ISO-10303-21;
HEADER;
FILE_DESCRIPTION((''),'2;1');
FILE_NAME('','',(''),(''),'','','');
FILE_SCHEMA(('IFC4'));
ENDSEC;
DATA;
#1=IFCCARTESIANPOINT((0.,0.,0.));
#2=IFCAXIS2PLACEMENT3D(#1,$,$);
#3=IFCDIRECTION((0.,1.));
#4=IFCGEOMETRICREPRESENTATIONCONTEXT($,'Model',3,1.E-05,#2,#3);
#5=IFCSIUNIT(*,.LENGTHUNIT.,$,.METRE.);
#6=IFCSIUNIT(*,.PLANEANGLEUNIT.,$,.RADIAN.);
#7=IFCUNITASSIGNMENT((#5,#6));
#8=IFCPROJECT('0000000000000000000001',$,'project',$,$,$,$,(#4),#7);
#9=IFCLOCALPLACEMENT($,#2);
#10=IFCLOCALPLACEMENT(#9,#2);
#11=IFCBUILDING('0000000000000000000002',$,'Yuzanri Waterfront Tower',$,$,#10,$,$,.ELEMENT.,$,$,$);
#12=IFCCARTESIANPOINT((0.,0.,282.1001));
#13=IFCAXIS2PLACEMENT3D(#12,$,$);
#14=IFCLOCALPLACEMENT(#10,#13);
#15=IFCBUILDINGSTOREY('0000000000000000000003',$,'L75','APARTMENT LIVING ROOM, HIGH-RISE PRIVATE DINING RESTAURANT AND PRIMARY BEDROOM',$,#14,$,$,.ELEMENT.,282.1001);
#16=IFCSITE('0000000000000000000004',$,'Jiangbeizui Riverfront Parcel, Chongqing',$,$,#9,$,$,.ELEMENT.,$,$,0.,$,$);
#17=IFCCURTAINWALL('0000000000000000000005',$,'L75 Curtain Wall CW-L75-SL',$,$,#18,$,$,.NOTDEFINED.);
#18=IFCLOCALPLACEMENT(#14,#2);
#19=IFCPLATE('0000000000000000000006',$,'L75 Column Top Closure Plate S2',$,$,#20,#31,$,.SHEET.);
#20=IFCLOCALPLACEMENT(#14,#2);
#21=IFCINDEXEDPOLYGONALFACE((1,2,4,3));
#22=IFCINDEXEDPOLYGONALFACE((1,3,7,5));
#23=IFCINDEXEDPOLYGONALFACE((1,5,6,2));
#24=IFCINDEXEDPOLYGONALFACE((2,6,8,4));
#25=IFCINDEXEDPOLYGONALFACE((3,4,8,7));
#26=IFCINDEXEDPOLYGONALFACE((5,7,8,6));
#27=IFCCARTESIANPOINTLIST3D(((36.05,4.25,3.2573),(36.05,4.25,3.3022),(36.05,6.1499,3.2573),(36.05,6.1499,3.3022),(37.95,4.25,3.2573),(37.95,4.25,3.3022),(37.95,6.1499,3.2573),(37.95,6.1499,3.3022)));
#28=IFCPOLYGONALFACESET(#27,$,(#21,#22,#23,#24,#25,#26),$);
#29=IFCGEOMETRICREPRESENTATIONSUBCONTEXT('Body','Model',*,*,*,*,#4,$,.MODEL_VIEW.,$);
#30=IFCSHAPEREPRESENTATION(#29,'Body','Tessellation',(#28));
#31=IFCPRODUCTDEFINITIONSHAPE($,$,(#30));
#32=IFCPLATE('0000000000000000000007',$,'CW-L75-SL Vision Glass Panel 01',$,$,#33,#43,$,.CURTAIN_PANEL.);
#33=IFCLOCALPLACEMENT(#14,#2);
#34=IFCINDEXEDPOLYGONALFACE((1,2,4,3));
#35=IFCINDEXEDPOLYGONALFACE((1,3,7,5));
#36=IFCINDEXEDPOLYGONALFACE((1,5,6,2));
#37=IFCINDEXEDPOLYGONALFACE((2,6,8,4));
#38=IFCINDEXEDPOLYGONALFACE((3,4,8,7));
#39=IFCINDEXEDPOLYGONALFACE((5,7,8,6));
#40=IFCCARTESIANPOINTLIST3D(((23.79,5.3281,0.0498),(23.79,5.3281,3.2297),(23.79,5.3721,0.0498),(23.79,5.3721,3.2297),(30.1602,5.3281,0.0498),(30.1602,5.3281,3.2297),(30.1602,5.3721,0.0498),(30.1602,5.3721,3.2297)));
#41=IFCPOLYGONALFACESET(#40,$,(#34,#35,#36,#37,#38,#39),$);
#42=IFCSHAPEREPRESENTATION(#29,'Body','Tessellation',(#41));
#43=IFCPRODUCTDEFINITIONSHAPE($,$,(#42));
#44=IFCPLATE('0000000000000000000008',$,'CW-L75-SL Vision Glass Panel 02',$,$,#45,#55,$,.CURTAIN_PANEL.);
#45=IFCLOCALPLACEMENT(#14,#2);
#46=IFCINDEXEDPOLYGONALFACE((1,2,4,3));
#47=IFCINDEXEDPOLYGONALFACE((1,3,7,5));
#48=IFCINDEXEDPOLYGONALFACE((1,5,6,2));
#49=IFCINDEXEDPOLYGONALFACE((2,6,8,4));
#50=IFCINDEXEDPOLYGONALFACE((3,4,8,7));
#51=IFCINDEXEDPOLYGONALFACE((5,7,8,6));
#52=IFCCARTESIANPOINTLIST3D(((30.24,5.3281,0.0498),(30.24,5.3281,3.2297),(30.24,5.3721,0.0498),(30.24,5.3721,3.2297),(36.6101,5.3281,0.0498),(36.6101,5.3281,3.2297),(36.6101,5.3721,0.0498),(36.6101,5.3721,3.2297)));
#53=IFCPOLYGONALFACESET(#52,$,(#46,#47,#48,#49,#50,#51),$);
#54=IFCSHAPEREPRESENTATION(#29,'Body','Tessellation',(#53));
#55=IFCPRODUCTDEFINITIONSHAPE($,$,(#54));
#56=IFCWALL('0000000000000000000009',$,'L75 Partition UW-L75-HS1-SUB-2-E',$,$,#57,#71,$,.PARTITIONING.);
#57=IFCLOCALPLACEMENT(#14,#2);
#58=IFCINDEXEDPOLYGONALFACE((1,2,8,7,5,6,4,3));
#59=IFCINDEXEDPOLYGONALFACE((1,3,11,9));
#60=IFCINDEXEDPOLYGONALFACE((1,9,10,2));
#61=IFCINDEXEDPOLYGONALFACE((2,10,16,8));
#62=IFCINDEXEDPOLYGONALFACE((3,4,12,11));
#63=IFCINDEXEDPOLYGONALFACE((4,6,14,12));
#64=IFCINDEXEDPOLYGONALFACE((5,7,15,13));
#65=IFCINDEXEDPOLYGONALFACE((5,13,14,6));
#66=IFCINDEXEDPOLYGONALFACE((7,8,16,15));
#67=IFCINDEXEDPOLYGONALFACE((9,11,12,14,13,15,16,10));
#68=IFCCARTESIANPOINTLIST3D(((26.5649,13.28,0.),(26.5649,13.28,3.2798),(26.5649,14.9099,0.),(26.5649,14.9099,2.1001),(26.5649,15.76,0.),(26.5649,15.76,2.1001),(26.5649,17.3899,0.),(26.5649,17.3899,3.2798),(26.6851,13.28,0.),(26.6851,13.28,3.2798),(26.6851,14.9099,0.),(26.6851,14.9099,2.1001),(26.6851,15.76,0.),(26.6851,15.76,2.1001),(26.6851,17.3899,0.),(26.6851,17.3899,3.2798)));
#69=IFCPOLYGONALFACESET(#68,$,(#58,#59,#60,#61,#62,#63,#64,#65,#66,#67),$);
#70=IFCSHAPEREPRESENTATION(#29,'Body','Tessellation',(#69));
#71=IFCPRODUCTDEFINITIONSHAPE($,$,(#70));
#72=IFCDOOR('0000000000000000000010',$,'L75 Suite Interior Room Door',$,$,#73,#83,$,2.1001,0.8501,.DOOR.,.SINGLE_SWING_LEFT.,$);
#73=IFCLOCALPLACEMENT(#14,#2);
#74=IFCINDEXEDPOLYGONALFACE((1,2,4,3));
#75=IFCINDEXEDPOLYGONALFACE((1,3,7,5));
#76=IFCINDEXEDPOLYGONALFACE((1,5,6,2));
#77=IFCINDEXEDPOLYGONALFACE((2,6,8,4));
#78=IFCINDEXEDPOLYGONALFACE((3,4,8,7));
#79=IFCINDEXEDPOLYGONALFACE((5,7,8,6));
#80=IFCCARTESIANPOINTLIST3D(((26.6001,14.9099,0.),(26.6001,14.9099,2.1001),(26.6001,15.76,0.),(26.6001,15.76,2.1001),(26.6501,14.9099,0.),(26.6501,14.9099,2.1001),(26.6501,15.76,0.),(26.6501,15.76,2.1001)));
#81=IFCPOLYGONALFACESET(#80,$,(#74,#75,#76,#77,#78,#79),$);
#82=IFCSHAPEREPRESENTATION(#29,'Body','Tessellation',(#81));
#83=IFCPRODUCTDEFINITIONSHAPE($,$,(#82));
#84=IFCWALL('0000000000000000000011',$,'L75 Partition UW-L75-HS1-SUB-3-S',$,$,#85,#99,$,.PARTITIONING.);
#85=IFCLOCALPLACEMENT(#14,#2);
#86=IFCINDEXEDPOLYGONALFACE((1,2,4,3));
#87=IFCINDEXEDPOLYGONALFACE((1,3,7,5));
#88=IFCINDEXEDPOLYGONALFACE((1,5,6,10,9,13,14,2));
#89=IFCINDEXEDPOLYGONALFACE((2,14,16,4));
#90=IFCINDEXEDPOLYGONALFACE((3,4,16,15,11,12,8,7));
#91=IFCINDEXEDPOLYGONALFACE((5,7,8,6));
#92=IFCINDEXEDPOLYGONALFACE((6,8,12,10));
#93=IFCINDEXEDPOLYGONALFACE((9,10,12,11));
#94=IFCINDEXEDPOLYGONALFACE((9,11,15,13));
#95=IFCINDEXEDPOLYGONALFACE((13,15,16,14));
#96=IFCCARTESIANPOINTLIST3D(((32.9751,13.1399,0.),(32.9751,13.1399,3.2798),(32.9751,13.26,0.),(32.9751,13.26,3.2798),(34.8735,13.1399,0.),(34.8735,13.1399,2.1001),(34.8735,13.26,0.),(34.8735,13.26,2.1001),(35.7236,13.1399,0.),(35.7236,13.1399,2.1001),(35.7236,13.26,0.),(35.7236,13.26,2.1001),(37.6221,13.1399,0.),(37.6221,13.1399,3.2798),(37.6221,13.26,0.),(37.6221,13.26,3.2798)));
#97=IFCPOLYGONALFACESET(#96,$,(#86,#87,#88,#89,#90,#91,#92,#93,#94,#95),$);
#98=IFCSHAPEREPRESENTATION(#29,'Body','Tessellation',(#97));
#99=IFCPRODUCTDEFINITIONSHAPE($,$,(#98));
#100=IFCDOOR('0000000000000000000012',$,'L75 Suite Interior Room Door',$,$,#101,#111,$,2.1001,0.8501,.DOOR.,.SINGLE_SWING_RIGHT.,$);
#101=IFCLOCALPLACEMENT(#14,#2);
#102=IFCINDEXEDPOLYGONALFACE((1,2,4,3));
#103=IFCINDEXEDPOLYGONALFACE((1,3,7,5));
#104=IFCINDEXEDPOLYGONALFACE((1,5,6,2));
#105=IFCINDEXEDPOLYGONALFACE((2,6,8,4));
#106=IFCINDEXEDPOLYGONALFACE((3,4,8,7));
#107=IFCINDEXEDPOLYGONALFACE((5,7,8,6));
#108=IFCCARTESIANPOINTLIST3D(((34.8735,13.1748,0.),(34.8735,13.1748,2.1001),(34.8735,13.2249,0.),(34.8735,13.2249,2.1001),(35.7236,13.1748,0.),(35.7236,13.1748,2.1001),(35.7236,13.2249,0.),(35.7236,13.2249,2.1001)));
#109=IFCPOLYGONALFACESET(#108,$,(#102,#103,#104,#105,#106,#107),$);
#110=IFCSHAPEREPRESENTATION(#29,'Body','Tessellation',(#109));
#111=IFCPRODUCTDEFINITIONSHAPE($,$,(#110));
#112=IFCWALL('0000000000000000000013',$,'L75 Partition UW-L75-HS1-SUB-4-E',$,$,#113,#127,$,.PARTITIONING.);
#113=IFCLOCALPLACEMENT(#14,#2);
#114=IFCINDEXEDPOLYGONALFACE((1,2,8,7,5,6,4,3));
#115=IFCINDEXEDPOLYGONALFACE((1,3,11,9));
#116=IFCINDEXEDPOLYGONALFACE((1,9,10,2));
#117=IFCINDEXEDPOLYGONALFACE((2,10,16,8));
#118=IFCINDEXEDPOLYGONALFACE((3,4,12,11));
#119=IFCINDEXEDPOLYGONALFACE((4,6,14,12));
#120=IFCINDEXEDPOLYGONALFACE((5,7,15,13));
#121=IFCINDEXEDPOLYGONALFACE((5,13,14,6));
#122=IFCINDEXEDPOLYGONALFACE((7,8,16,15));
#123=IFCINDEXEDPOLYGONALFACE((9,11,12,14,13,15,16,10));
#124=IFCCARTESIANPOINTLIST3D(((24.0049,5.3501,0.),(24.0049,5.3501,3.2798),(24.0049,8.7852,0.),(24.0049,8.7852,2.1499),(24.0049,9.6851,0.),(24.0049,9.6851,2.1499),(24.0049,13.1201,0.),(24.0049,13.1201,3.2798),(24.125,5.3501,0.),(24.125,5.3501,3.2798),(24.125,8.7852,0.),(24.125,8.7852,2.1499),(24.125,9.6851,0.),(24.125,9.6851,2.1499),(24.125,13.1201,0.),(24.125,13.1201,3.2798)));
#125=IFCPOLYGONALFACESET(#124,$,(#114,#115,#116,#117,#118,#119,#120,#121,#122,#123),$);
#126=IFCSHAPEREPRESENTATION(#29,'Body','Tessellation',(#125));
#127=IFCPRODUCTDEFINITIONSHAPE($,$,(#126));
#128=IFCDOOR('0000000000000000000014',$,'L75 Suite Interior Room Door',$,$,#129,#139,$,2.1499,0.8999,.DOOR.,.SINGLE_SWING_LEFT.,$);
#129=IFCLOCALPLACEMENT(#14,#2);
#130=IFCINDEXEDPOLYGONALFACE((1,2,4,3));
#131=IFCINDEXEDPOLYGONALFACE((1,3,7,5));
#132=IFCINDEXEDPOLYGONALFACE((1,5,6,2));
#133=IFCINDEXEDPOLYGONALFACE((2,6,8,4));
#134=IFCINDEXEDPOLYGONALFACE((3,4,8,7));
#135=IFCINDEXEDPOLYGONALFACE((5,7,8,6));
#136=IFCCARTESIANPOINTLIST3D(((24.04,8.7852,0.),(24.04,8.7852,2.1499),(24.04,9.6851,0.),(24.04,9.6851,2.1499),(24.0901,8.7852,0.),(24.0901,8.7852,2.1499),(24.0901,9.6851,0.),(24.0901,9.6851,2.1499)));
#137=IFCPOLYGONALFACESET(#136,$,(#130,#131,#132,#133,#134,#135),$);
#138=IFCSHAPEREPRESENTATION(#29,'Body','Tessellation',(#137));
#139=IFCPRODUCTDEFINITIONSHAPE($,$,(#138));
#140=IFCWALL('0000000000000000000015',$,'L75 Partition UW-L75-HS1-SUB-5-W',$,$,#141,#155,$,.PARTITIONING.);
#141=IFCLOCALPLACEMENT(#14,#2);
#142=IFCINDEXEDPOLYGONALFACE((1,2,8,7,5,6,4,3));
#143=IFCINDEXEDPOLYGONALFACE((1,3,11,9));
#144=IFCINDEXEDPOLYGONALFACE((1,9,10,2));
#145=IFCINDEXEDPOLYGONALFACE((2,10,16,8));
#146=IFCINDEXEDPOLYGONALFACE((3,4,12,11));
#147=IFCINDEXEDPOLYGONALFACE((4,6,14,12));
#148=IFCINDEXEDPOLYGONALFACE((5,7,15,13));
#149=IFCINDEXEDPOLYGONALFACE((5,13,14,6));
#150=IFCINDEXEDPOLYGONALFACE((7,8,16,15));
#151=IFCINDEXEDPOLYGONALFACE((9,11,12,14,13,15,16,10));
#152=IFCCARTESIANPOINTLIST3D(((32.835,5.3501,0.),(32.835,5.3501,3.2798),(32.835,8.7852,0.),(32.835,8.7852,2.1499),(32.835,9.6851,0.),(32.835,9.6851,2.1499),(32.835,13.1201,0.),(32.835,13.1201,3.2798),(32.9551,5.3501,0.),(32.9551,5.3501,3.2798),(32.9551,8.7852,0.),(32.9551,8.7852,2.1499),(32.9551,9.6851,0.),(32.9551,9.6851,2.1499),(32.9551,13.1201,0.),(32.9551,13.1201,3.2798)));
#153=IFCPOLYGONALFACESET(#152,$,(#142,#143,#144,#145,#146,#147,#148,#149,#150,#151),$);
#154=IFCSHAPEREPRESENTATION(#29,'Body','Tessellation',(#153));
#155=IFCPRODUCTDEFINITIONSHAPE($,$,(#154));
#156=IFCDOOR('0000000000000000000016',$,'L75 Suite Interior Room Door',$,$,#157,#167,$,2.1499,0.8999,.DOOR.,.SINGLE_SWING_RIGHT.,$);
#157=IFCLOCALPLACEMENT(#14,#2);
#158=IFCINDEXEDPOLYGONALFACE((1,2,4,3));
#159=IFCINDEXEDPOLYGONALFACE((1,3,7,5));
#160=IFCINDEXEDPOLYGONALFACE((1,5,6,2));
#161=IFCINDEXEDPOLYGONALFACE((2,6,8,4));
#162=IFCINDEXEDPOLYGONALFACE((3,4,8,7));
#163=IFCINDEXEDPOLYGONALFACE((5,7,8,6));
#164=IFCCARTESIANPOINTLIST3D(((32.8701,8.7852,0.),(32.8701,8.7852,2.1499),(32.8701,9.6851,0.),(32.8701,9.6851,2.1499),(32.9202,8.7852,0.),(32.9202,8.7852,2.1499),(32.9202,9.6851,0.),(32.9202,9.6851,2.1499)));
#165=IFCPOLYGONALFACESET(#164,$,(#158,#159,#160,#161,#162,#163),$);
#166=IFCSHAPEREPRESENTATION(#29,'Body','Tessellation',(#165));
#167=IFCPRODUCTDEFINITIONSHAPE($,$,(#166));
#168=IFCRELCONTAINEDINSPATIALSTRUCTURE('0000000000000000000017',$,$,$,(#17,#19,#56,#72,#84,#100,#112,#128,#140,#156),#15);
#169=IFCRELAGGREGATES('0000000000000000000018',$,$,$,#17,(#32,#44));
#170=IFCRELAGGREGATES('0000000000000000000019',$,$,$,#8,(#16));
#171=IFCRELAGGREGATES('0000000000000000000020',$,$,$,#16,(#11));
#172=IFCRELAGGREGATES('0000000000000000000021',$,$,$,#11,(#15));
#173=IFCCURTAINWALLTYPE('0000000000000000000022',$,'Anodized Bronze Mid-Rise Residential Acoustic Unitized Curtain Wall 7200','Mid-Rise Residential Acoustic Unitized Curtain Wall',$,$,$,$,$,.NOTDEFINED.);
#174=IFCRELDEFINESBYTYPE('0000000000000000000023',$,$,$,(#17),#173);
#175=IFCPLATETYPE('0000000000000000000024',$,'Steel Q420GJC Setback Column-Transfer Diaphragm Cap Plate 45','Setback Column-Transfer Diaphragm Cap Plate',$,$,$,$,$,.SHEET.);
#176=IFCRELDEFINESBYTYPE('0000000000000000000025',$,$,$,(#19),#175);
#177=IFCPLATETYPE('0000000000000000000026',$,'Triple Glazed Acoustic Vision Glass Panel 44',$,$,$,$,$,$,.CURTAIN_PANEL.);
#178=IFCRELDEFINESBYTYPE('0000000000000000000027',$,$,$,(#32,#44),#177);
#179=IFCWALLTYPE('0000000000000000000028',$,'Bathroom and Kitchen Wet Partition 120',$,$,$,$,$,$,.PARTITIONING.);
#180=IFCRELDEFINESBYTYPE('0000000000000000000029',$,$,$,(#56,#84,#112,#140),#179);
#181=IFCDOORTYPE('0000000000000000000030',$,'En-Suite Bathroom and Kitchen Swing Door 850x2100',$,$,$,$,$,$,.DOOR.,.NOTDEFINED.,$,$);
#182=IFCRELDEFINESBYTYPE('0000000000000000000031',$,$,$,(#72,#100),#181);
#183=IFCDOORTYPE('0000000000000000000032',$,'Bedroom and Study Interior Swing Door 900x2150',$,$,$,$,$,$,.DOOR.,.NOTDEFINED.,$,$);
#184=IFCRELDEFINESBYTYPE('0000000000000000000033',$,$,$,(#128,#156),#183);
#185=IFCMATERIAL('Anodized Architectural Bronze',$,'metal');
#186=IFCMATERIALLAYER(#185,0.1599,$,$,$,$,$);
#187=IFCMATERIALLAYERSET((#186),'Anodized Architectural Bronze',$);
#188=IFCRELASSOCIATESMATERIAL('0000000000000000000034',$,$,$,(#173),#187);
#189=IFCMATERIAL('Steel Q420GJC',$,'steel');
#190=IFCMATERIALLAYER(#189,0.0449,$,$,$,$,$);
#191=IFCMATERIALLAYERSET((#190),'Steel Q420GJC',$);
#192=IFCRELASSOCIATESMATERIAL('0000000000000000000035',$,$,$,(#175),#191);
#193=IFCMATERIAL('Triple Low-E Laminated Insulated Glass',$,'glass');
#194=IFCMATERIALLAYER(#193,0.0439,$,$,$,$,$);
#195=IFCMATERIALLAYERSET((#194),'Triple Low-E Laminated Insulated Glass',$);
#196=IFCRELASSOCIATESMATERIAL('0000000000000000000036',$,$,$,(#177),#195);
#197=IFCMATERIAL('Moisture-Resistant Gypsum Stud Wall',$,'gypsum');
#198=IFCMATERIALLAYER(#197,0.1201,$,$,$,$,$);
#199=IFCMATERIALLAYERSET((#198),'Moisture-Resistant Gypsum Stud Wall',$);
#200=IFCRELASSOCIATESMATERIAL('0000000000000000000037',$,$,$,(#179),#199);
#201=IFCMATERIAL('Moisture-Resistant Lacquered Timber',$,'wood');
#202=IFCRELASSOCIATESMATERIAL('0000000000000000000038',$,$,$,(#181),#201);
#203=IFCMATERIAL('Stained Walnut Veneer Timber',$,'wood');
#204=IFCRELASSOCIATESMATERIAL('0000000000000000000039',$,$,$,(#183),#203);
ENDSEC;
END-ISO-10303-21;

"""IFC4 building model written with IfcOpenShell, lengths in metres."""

from ifc_helpers import new_model, si_unit, direction, frame, frame_2d, origin, origin_2d, place, context, subcontext, project, spatial, rectangle, extrude, source, transform, mapped, material, layer, layer_set, type_object, element, fill, aggregate, save


model = new_model("IFC4")

# Units and contexts
model_context = context("Model", 3, precision=1e-05, world=origin(), true_north=direction((0.0, 1.0)))
body_context = subcontext(model_context, "Body", "Model", "MODEL_VIEW")
ifc_project = project(units=[si_unit("LENGTHUNIT", "METRE"), si_unit("PLANEANGLEUNIT", "RADIAN")], contexts=[model_context])

# Site, building, storey
site_placement = place(None, origin())
site = spatial("IfcSite", under=ifc_project, at=site_placement, Name="Jiangbeizui Riverfront Parcel, Chongqing", CompositionType="ELEMENT", RefElevation=0.0)
building_placement = place(site_placement, origin())
building = spatial("IfcBuilding", under=site, at=building_placement, Name="Yuzanri Waterfront Tower", CompositionType="ELEMENT")
storey_placement = place(building_placement, frame((0.0, 0.0, 282.1001)))
storey = spatial("IfcBuildingStorey", under=building, at=storey_placement, Name="L75", Description="APARTMENT LIVING ROOM, HIGH-RISE PRIVATE DINING RESTAURANT AND PRIMARY BEDROOM", CompositionType="ELEMENT", Elevation=282.1001)

# Curtain wall
ifc_material_1 = material(Name="Anodized Architectural Bronze", Category="metal")
ifc_layer_1 = layer(ifc_material_1, 0.1599)
ifc_layer_set_1 = layer_set([ifc_layer_1], Name="Anodized Architectural Bronze")
curtain_wall_type = type_object("IfcCurtainWallType", Name="Anodized Bronze Mid-Rise Residential Acoustic Unitized Curtain Wall 7200", Description="Mid-Rise Residential Acoustic Unitized Curtain Wall", PredefinedType="NOTDEFINED", material=ifc_layer_set_1)
curtain_wall_placement = place(storey_placement, origin())
curtain_wall = element("IfcCurtainWall", 1, at=curtain_wall_placement, inside=storey, type_object=curtain_wall_type, Name="L75 Curtain Wall CW-L75-SL", PredefinedType="NOTDEFINED")

# Plates
ifc_material_2 = material(Name="Steel Q420GJC", Category="steel")
ifc_layer_2 = layer(ifc_material_2, 0.0449)
ifc_layer_set_2 = layer_set([ifc_layer_2], Name="Steel Q420GJC")
plate_type_1 = type_object("IfcPlateType", Name="Steel Q420GJC Setback Column-Transfer Diaphragm Cap Plate 45", Description="Setback Column-Transfer Diaphragm Cap Plate", PredefinedType="SHEET", material=ifc_layer_set_2)
shared_shape_1 = source(origin(), body_context, "Body", "SweptSolid", [
    extrude(rectangle(XDim=1.8999, YDim=1.8999, at=origin_2d()), origin(), (0.0, 0.0, 1.0), 0.0449),
])
plate_1_placement = place(storey_placement, frame((37.0, 5.2, 3.2573), z_axis=(0.0, 0.0, 1.0), x_axis=(1.0, 0.0, 0.0)))
element("IfcPlate", 2, at=plate_1_placement, inside=storey, type_object=plate_type_1, Name="L75 Column Top Closure Plate S2", PredefinedType="SHEET", context=body_context, shape_type="MappedRepresentation", body=[
    mapped(shared_shape_1, transform((0.0, 0.0, 0.0), scale=1.0)),
])
ifc_material_3 = material(Name="Triple Low-E Laminated Insulated Glass", Category="glass")
ifc_layer_3 = layer(ifc_material_3, 0.0439)
ifc_layer_set_3 = layer_set([ifc_layer_3], Name="Triple Low-E Laminated Insulated Glass")
plate_type_2 = type_object("IfcPlateType", Name="Triple Glazed Acoustic Vision Glass Panel 44", PredefinedType="CURTAIN_PANEL", material=ifc_layer_set_3)
shared_shape_2 = source(origin(), body_context, "Body", "SweptSolid", [
    extrude(rectangle(XDim=6.3701, YDim=0.0439, at=origin_2d()), origin(), (0.0, 0.0, 1.0), 3.1799),
])
plate_2_placement = place(storey_placement, frame((26.9751, 5.3501, 0.0498), z_axis=(0.0, 0.0, 1.0), x_axis=(1.0, 0.0, 0.0)))
plate_2 = element("IfcPlate", 3, at=plate_2_placement, type_object=plate_type_2, Name="CW-L75-SL Vision Glass Panel 01", PredefinedType="CURTAIN_PANEL", context=body_context, shape_type="MappedRepresentation", body=[
    mapped(shared_shape_2, transform((0.0, 0.0, 0.0), scale=1.0)),
])
plate_3_placement = place(storey_placement, frame((33.425, 5.3501, 0.0498), z_axis=(0.0, 0.0, 1.0), x_axis=(1.0, 0.0, 0.0)))
plate_3 = element("IfcPlate", 4, at=plate_3_placement, type_object=plate_type_2, Name="CW-L75-SL Vision Glass Panel 02", PredefinedType="CURTAIN_PANEL", context=body_context, shape_type="MappedRepresentation", body=[
    mapped(shared_shape_2, transform((0.0, 0.0, 0.0), scale=1.0)),
])
aggregate(curtain_wall, [plate_2, plate_3])

# Walls, openings, doors
ifc_material_4 = material(Name="Moisture-Resistant Gypsum Stud Wall", Category="gypsum")
ifc_layer_4 = layer(ifc_material_4, 0.1201)
ifc_layer_set_4 = layer_set([ifc_layer_4], Name="Moisture-Resistant Gypsum Stud Wall")
wall_type = type_object("IfcWallType", Name="Bathroom and Kitchen Wet Partition 120", PredefinedType="PARTITIONING", material=ifc_layer_set_4)
wall_1_placement = place(storey_placement, frame((26.625, 13.28, 0.0), z_axis=(0.0, 0.0, 1.0), x_axis=(0.0, 1.0, 0.0)))
wall_1 = element("IfcWall", 5, at=wall_1_placement, inside=storey, type_object=wall_type, Name="L75 Partition UW-L75-HS1-SUB-2-E", PredefinedType="PARTITIONING", context=body_context, shape_type="SweptSolid", body=[
    extrude(rectangle(XDim=4.1099, YDim=0.1201, at=frame_2d((2.0549, 0.0))), origin(), (0.0, 0.0, 1.0), 3.2798),
])
opening_1_placement = place(wall_1_placement, frame((1.6299, 0.0, 0.0)))
opening_1 = element("IfcOpeningElement", 6, at=opening_1_placement, cuts=wall_1, PredefinedType="OPENING", context=body_context, shape_type="SweptSolid", body=[
    extrude(rectangle(XDim=0.8501, YDim=2.1001, at=frame_2d((0.425, 1.05))), frame((0.0, 0.075, 0.0), z_axis=(0.0, -1.0, 0.0), x_axis=(1.0, 0.0, 0.0)), (0.0, 0.0, 1.0), 0.1499),
])
ifc_material_5 = material(Name="Moisture-Resistant Lacquered Timber", Category="wood")
door_type_1 = type_object("IfcDoorType", Name="En-Suite Bathroom and Kitchen Swing Door 850x2100", OperationType="NOTDEFINED", PredefinedType="DOOR", material=ifc_material_5)
shared_shape_3 = source(origin(), body_context, "Body", "SweptSolid", [
    extrude(rectangle(XDim=0.8501, YDim=2.1001, at=frame_2d((0.425, 1.05))), frame((0.0, 0.0249, 0.0), z_axis=(0.0, -1.0, 0.0), x_axis=(1.0, 0.0, 0.0)), (0.0, 0.0, 1.0), 0.05),
])
door_1_placement = place(opening_1_placement, origin())
door_1 = element("IfcDoor", 7, at=door_1_placement, inside=storey, type_object=door_type_1, Name="L75 Suite Interior Room Door", OperationType="SINGLE_SWING_LEFT", OverallHeight=2.1001, OverallWidth=0.8501, PredefinedType="DOOR", context=body_context, shape_type="MappedRepresentation", body=[
    mapped(shared_shape_3, transform((0.0, 0.0, 0.0), scale=1.0)),
])
fill(opening_1, door_1)
wall_2_placement = place(storey_placement, frame((32.9751, 13.2, 0.0), z_axis=(0.0, 0.0, 1.0), x_axis=(1.0, 0.0, 0.0)))
wall_2 = element("IfcWall", 8, at=wall_2_placement, inside=storey, type_object=wall_type, Name="L75 Partition UW-L75-HS1-SUB-3-S", PredefinedType="PARTITIONING", context=body_context, shape_type="SweptSolid", body=[
    extrude(rectangle(XDim=4.647, YDim=0.1201, at=frame_2d((2.3235, 0.0))), origin(), (0.0, 0.0, 1.0), 3.2798),
])
opening_2_placement = place(wall_2_placement, frame((1.8984, 0.0, 0.0)))
opening_2 = element("IfcOpeningElement", 9, at=opening_2_placement, cuts=wall_2, PredefinedType="OPENING", context=body_context, shape_type="SweptSolid", body=[
    extrude(rectangle(XDim=0.8501, YDim=2.1001, at=frame_2d((0.425, 1.05))), frame((0.0, 0.075, 0.0), z_axis=(0.0, -1.0, 0.0), x_axis=(1.0, 0.0, 0.0)), (0.0, 0.0, 1.0), 0.1499),
])
door_2_placement = place(opening_2_placement, origin())
door_2 = element("IfcDoor", 10, at=door_2_placement, inside=storey, type_object=door_type_1, Name="L75 Suite Interior Room Door", OperationType="SINGLE_SWING_RIGHT", OverallHeight=2.1001, OverallWidth=0.8501, PredefinedType="DOOR", context=body_context, shape_type="MappedRepresentation", body=[
    mapped(shared_shape_3, transform((0.0, 0.0, 0.0), scale=1.0)),
])
fill(opening_2, door_2)
wall_3_placement = place(storey_placement, frame((24.0649, 5.3501, 0.0), z_axis=(0.0, 0.0, 1.0), x_axis=(0.0, 1.0, 0.0)))
wall_3 = element("IfcWall", 11, at=wall_3_placement, inside=storey, type_object=wall_type, Name="L75 Partition UW-L75-HS1-SUB-4-E", PredefinedType="PARTITIONING", context=body_context, shape_type="SweptSolid", body=[
    extrude(rectangle(XDim=7.77, YDim=0.1201, at=frame_2d((3.885, 0.0))), origin(), (0.0, 0.0, 1.0), 3.2798),
])
opening_3_placement = place(wall_3_placement, frame((3.4351, 0.0, 0.0)))
opening_3 = element("IfcOpeningElement", 12, at=opening_3_placement, cuts=wall_3, PredefinedType="OPENING", context=body_context, shape_type="SweptSolid", body=[
    extrude(rectangle(XDim=0.8999, YDim=2.1499, at=frame_2d((0.45, 1.075))), frame((0.0, 0.075, 0.0), z_axis=(0.0, -1.0, 0.0), x_axis=(1.0, 0.0, 0.0)), (0.0, 0.0, 1.0), 0.1499),
])
ifc_material_6 = material(Name="Stained Walnut Veneer Timber", Category="wood")
door_type_2 = type_object("IfcDoorType", Name="Bedroom and Study Interior Swing Door 900x2150", OperationType="NOTDEFINED", PredefinedType="DOOR", material=ifc_material_6)
shared_shape_4 = source(origin(), body_context, "Body", "SweptSolid", [
    extrude(rectangle(XDim=0.8999, YDim=2.1499, at=frame_2d((0.45, 1.075))), frame((0.0, 0.0249, 0.0), z_axis=(0.0, -1.0, 0.0), x_axis=(1.0, 0.0, 0.0)), (0.0, 0.0, 1.0), 0.05),
])
door_3_placement = place(opening_3_placement, origin())
door_3 = element("IfcDoor", 13, at=door_3_placement, inside=storey, type_object=door_type_2, Name="L75 Suite Interior Room Door", OperationType="SINGLE_SWING_LEFT", OverallHeight=2.1499, OverallWidth=0.8999, PredefinedType="DOOR", context=body_context, shape_type="MappedRepresentation", body=[
    mapped(shared_shape_4, transform((0.0, 0.0, 0.0), scale=1.0)),
])
fill(opening_3, door_3)
wall_4_placement = place(storey_placement, frame((32.895, 5.3501, 0.0), z_axis=(0.0, 0.0, 1.0), x_axis=(0.0, 1.0, 0.0)))
wall_4 = element("IfcWall", 14, at=wall_4_placement, inside=storey, type_object=wall_type, Name="L75 Partition UW-L75-HS1-SUB-5-W", PredefinedType="PARTITIONING", context=body_context, shape_type="SweptSolid", body=[
    extrude(rectangle(XDim=7.77, YDim=0.1201, at=frame_2d((3.885, 0.0))), origin(), (0.0, 0.0, 1.0), 3.2798),
])
opening_4_placement = place(wall_4_placement, frame((3.4351, 0.0, 0.0)))
opening_4 = element("IfcOpeningElement", 15, at=opening_4_placement, cuts=wall_4, PredefinedType="OPENING", context=body_context, shape_type="SweptSolid", body=[
    extrude(rectangle(XDim=0.8999, YDim=2.1499, at=frame_2d((0.45, 1.075))), frame((0.0, 0.075, 0.0), z_axis=(0.0, -1.0, 0.0), x_axis=(1.0, 0.0, 0.0)), (0.0, 0.0, 1.0), 0.1499),
])
door_4_placement = place(opening_4_placement, origin())
door_4 = element("IfcDoor", 16, at=door_4_placement, inside=storey, type_object=door_type_2, Name="L75 Suite Interior Room Door", OperationType="SINGLE_SWING_RIGHT", OverallHeight=2.1499, OverallWidth=0.8999, PredefinedType="DOOR", context=body_context, shape_type="MappedRepresentation", body=[
    mapped(shared_shape_4, transform((0.0, 0.0, 0.0), scale=1.0)),
])
fill(opening_4, door_4)

save(model, "model.ifc")
